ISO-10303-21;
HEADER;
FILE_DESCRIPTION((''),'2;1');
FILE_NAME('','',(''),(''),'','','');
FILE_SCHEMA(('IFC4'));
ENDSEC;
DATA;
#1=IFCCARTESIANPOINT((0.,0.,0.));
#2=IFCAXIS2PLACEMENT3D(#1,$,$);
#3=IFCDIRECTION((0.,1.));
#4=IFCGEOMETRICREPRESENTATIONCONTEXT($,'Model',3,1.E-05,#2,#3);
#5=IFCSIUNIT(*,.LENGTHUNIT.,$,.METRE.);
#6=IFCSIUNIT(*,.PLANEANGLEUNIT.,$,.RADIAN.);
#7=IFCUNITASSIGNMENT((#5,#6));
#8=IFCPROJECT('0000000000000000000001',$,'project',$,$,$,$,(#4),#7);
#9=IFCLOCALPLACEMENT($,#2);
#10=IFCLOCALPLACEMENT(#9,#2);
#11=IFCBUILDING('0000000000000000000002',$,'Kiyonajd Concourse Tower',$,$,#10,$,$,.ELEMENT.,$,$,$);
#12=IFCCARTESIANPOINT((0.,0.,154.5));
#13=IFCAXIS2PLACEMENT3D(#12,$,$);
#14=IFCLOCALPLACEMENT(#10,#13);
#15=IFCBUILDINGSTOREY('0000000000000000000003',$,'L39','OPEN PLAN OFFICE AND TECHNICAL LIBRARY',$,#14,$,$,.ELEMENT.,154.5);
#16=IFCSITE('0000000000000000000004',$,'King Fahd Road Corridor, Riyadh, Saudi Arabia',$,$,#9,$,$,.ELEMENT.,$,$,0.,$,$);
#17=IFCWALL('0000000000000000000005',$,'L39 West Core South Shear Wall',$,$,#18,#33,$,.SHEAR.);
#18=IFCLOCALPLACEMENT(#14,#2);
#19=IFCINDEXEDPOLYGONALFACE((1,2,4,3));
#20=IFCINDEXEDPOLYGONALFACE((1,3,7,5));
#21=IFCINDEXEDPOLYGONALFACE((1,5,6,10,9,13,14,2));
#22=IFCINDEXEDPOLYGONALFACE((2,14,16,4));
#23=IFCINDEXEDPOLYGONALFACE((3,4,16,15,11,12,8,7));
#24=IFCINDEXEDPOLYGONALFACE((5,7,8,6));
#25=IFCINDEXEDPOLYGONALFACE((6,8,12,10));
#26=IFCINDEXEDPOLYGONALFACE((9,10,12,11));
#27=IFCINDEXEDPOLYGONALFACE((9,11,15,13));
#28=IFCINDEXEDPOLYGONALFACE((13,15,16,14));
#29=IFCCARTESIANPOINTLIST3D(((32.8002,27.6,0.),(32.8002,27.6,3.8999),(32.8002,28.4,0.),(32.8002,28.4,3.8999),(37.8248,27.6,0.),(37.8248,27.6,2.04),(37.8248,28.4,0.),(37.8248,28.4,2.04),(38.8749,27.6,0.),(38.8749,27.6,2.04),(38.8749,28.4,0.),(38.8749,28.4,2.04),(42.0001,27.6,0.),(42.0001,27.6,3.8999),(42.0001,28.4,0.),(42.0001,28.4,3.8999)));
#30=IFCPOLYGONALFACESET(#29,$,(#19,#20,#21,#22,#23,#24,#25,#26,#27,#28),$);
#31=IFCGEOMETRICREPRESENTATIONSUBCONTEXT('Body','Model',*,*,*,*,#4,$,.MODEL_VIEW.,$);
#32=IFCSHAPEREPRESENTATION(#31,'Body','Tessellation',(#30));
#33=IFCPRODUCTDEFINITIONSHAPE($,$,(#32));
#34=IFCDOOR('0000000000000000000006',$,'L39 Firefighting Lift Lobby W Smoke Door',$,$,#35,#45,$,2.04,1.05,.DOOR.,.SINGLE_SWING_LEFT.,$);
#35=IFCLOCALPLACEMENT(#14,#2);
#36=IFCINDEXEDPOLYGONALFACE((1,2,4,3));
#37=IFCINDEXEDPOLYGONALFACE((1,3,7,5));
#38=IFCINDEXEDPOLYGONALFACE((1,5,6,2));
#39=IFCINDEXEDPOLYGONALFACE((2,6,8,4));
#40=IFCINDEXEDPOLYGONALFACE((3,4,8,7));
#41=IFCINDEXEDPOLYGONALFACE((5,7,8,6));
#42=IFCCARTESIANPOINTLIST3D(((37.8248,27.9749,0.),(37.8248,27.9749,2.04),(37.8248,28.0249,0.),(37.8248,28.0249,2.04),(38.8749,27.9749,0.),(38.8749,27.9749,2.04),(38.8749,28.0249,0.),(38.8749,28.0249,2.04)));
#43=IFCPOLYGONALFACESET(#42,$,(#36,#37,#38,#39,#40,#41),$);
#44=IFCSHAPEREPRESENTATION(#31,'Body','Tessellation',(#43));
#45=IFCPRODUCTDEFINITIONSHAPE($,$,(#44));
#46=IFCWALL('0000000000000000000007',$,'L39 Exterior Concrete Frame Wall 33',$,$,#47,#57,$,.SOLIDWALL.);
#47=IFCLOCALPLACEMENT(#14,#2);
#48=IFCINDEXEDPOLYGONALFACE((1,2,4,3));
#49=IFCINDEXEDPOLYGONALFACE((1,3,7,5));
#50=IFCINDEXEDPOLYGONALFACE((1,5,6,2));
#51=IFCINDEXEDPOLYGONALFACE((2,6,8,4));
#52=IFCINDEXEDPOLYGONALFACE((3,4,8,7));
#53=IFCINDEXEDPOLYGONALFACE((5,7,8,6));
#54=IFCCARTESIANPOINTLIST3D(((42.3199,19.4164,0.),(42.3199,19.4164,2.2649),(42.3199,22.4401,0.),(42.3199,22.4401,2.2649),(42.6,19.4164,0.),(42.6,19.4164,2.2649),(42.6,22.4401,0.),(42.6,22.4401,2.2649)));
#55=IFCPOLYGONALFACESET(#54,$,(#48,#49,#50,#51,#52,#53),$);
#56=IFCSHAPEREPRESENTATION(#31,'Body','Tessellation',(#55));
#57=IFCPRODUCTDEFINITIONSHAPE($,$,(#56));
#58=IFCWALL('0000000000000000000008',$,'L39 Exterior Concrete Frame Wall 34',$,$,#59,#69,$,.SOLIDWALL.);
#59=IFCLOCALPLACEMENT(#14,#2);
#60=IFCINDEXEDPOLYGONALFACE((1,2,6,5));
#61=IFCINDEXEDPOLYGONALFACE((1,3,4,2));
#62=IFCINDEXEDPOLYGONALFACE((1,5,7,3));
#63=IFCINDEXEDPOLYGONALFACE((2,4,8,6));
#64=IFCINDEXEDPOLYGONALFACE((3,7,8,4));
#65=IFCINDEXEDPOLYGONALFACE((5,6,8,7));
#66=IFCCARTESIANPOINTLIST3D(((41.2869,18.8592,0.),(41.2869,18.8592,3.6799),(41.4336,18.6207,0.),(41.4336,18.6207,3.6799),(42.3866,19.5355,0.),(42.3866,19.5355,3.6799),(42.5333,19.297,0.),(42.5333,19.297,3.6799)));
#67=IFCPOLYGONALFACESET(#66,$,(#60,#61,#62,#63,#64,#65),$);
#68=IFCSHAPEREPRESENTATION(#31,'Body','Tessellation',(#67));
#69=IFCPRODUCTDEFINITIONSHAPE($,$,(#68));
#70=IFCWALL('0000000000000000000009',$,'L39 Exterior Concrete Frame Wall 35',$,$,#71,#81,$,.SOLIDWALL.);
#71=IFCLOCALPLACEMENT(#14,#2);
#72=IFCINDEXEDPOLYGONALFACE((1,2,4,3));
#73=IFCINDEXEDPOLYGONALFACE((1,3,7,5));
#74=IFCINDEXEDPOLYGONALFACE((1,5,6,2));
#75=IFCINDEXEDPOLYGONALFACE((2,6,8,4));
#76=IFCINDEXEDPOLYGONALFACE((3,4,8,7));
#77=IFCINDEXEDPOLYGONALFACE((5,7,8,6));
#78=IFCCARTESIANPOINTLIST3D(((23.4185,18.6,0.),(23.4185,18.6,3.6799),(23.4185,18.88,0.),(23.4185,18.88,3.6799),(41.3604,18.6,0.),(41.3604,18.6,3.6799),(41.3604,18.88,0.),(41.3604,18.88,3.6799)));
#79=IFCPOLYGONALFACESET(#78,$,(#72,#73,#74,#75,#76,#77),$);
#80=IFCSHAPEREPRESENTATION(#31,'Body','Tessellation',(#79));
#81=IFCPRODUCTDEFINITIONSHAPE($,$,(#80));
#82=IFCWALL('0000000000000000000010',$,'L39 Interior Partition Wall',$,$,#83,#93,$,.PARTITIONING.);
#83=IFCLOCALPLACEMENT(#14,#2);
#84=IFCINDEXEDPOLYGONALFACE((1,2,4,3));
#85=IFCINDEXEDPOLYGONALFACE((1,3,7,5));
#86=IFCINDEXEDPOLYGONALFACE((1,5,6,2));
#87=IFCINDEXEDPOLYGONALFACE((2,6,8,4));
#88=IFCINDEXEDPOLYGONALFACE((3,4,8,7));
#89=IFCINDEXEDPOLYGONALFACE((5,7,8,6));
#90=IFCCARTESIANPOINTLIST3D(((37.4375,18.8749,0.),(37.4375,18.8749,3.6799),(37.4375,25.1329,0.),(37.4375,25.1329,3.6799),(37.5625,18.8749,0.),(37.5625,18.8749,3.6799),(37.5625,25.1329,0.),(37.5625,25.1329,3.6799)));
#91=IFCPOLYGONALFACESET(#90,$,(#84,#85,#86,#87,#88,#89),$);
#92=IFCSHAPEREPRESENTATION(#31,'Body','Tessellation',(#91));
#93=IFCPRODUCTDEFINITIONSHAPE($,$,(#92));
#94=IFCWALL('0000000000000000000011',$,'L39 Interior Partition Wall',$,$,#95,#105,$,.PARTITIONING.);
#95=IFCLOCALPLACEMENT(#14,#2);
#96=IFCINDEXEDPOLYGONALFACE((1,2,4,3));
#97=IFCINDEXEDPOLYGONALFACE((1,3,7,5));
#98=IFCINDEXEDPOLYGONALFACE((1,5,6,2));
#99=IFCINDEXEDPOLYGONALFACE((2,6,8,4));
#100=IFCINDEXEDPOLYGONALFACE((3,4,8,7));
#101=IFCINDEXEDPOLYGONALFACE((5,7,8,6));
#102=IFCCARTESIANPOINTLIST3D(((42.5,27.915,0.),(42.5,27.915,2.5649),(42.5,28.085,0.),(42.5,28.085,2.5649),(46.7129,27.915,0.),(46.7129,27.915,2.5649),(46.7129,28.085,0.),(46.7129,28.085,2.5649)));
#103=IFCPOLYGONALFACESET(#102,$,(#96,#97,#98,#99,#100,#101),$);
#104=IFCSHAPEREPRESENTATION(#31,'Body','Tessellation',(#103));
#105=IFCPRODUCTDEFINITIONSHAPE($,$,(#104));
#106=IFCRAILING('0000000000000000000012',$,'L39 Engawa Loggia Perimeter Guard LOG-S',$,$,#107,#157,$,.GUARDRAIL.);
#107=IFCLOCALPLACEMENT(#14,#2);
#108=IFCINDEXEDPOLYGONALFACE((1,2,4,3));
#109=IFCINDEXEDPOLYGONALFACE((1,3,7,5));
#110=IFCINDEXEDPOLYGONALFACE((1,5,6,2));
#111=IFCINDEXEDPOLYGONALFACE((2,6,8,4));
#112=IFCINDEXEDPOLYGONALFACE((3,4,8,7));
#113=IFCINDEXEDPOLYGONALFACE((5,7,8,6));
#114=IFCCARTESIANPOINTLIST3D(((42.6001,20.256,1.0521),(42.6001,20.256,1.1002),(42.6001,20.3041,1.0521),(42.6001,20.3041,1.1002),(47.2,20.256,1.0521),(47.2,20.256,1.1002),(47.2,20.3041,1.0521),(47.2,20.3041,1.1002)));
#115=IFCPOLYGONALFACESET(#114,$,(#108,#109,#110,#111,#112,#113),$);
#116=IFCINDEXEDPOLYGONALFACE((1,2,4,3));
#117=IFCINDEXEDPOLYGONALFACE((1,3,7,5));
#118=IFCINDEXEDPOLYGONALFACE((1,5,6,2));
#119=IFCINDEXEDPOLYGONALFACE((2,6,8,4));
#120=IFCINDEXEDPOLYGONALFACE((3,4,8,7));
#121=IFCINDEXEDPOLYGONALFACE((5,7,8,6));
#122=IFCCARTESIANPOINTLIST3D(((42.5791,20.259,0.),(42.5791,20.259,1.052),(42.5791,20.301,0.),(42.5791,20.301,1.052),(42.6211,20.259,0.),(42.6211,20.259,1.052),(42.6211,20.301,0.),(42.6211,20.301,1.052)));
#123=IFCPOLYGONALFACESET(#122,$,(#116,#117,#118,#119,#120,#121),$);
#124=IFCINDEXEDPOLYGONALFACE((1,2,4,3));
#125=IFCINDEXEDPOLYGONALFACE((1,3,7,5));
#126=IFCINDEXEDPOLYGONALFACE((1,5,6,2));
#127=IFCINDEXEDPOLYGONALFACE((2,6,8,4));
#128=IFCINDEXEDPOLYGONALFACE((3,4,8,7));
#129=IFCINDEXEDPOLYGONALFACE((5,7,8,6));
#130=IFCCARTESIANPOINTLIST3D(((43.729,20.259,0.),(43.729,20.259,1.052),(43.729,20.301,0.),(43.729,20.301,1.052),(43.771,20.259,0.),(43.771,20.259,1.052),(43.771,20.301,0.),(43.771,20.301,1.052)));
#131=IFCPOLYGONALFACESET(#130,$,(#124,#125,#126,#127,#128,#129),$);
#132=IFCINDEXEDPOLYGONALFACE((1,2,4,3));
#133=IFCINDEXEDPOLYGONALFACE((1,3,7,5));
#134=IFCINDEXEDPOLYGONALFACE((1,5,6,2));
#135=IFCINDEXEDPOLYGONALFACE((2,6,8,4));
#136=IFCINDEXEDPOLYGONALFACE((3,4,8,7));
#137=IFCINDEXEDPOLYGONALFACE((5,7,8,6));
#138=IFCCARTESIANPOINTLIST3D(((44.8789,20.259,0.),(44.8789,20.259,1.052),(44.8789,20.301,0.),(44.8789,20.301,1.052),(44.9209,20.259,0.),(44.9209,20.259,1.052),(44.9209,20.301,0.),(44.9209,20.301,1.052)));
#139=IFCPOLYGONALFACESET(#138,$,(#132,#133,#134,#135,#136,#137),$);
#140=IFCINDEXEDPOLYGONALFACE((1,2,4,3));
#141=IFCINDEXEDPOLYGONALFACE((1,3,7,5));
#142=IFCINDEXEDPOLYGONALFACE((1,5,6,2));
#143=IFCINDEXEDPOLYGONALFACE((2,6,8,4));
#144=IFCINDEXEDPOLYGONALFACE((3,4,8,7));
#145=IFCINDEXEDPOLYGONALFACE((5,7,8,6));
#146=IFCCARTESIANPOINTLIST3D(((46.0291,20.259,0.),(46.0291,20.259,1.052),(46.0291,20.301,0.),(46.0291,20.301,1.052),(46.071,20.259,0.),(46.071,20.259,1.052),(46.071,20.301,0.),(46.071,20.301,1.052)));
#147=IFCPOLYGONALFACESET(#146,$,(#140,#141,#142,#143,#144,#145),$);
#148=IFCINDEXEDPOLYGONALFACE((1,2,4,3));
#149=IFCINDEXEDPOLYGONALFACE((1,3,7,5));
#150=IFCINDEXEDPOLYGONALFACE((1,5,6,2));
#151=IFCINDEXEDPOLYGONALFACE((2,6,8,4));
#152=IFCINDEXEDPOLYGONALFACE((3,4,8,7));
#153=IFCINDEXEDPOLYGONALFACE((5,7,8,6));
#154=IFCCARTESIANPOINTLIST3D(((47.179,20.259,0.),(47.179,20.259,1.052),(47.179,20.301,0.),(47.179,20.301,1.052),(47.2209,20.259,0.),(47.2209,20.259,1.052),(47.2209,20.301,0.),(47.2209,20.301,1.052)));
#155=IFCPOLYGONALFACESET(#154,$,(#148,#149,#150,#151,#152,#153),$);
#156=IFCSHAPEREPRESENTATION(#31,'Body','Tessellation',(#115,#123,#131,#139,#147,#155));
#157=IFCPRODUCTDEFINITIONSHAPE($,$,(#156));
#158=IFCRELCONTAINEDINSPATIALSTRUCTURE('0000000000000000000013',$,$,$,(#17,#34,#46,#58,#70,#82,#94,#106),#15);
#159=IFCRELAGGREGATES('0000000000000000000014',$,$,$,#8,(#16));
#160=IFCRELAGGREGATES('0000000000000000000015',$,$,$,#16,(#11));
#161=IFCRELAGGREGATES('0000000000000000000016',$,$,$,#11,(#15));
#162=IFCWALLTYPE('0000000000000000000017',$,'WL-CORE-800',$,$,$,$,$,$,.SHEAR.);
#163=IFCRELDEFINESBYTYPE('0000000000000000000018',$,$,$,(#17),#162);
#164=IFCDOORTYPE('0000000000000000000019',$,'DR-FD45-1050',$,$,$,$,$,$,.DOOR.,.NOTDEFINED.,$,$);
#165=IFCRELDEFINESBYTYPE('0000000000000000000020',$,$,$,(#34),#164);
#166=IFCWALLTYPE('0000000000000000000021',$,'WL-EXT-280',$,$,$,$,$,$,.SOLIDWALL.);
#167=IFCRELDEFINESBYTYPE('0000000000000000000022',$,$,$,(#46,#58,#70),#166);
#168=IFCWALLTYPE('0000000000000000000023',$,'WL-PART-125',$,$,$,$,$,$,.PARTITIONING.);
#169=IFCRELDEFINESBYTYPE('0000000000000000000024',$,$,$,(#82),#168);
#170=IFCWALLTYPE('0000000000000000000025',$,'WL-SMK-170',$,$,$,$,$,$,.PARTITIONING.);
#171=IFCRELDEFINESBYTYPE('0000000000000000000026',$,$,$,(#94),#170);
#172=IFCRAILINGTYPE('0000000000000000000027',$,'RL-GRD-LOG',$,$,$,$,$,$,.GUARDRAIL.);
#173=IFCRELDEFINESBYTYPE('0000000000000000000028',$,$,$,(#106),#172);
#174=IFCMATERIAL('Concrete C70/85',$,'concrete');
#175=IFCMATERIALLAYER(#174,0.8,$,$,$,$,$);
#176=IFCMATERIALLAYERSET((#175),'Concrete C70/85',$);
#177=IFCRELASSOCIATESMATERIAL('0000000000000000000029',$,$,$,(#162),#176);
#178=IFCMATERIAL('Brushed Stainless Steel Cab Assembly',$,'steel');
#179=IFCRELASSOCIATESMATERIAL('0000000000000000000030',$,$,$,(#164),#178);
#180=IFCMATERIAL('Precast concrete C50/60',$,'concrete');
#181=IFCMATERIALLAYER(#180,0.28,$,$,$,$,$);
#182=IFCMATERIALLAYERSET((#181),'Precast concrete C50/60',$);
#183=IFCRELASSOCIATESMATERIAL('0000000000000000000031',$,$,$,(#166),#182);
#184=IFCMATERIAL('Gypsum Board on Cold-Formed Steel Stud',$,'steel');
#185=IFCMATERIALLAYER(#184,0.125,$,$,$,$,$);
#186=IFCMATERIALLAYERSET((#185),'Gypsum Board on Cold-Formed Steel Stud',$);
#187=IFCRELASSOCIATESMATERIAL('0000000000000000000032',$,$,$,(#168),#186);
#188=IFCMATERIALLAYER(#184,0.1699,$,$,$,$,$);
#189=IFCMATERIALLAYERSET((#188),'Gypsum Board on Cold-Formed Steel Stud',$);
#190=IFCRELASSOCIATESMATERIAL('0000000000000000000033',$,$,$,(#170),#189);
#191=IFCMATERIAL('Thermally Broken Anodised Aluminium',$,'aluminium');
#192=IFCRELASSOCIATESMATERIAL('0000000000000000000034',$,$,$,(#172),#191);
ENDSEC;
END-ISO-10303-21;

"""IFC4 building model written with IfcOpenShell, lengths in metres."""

from ifc_helpers import new_model, si_unit, direction, frame, frame_2d, origin, origin_2d, place, context, subcontext, project, spatial, rectangle, extrude, material, layer, layer_set, type_object, element, fill, save


model = new_model("IFC4")

# Units and contexts
model_context = context("Model", 3, precision=1e-05, world=origin(), true_north=direction((0.0, 1.0)))
body_context = subcontext(model_context, "Body", "Model", "MODEL_VIEW")
ifc_project = project(units=[si_unit("LENGTHUNIT", "METRE"), si_unit("PLANEANGLEUNIT", "RADIAN")], contexts=[model_context])

# Site, building, storey
site_placement = place(None, origin())
site = spatial("IfcSite", under=ifc_project, at=site_placement, Name="King Fahd Road Corridor, Riyadh, Saudi Arabia", CompositionType="ELEMENT", RefElevation=0.0)
building_placement = place(site_placement, origin())
building = spatial("IfcBuilding", under=site, at=building_placement, Name="Kiyonajd Concourse Tower", CompositionType="ELEMENT")
storey_placement = place(building_placement, frame((0.0, 0.0, 154.5)))
storey = spatial("IfcBuildingStorey", under=building, at=storey_placement, Name="L39", Description="OPEN PLAN OFFICE AND TECHNICAL LIBRARY", CompositionType="ELEMENT", Elevation=154.5)

# Shared definitions
ifc_material_1 = material(Name="Concrete C70/85", Category="concrete")

# Shared definitions
ifc_material_2 = material(Name="Thermally Broken Anodised Aluminium", Category="aluminium")

# Shared definitions
ifc_layer_1 = layer(ifc_material_1, 0.8)
ifc_layer_set_1 = layer_set([ifc_layer_1], Name="Concrete C70/85")
wall_type_1 = type_object("IfcWallType", Name="WL-CORE-800", PredefinedType="SHEAR", material=ifc_layer_set_1)

# Wall, opening, door
wall_1_placement = place(storey_placement, frame((32.8, 28.0, 0.0), z_axis=(0.0, 0.0, 1.0), x_axis=(1.0, 0.0, 0.0)))
wall_1 = element("IfcWall", 1, at=wall_1_placement, inside=storey, type_object=wall_type_1, Name="L39 West Core South Shear Wall", PredefinedType="SHEAR", context=body_context, shape_type="SweptSolid", body=[
    extrude(rectangle(XDim=9.2, YDim=0.8, at=frame_2d((4.6001, 0.0))), origin(), (0.0, 0.0, 1.0), 3.8999),
])
opening_placement = place(wall_1_placement, frame((5.0249, 0.0, 0.0)))
opening = element("IfcOpeningElement", 2, at=opening_placement, cuts=wall_1, PredefinedType="OPENING", context=body_context, shape_type="SweptSolid", body=[
    extrude(rectangle(XDim=1.05, YDim=2.04, at=frame_2d((0.5249, 1.02))), frame((0.0, 0.4099, 0.0), z_axis=(0.0, -1.0, 0.0), x_axis=(1.0, 0.0, 0.0)), (0.0, 0.0, 1.0), 0.8201),
])
ifc_material_3 = material(Name="Brushed Stainless Steel Cab Assembly", Category="steel")
door_type = type_object("IfcDoorType", Name="DR-FD45-1050", OperationType="NOTDEFINED", PredefinedType="DOOR", material=ifc_material_3)
door_placement = place(opening_placement, origin())
door = element("IfcDoor", 3, at=door_placement, inside=storey, type_object=door_type, Name="L39 Firefighting Lift Lobby W Smoke Door", OperationType="SINGLE_SWING_LEFT", OverallHeight=2.04, OverallWidth=1.05, PredefinedType="DOOR", context=body_context, shape_type="SweptSolid", body=[
    extrude(rectangle(XDim=1.05, YDim=2.04, at=frame_2d((0.5249, 1.02))), frame((0.0, 0.0249, 0.0), z_axis=(0.0, -1.0, 0.0), x_axis=(1.0, 0.0, 0.0)), (0.0, 0.0, 1.0), 0.05),
])
fill(opening, door)

# Walls
ifc_material_4 = material(Name="Precast concrete C50/60", Category="concrete")
ifc_layer_2 = layer(ifc_material_4, 0.28)
ifc_layer_set_2 = layer_set([ifc_layer_2], Name="Precast concrete C50/60")
wall_type_2 = type_object("IfcWallType", Name="WL-EXT-280", PredefinedType="SOLIDWALL", material=ifc_layer_set_2)
wall_2_placement = place(storey_placement, frame((42.46, 22.4399, 0.0), z_axis=(0.0, 0.0, 1.0), x_axis=(0.0, -1.0, 0.0)))
element("IfcWall", 4, at=wall_2_placement, inside=storey, type_object=wall_type_2, Name="L39 Exterior Concrete Frame Wall 33", PredefinedType="SOLIDWALL", context=body_context, shape_type="SweptSolid", body=[
    extrude(rectangle(XDim=3.0237, YDim=0.28, at=frame_2d((1.5117, 0.0))), origin(), (0.0, 0.0, 1.0), 2.2649),
])
wall_3_placement = place(storey_placement, frame((42.46, 19.4163, 0.0), z_axis=(0.0, 0.0, 1.0), x_axis=(-0.851801, -0.523865, 0.0)))
element("IfcWall", 5, at=wall_3_placement, inside=storey, type_object=wall_type_2, Name="L39 Exterior Concrete Frame Wall 34", PredefinedType="SOLIDWALL", context=body_context, shape_type="SweptSolid", body=[
    extrude(rectangle(XDim=1.291, YDim=0.28, at=frame_2d((0.6455, 0.0))), origin(), (0.0, 0.0, 1.0), 3.6799),
])
wall_4_placement = place(storey_placement, frame((41.3604, 18.74, 0.0), z_axis=(0.0, 0.0, 1.0), x_axis=(-1.0, 0.0, 0.0)))
element("IfcWall", 6, at=wall_4_placement, inside=storey, type_object=wall_type_2, Name="L39 Exterior Concrete Frame Wall 35", PredefinedType="SOLIDWALL", context=body_context, shape_type="SweptSolid", body=[
    extrude(rectangle(XDim=17.9419, YDim=0.28, at=frame_2d((8.9709, 0.0))), origin(), (0.0, 0.0, 1.0), 3.6799),
])
ifc_material_5 = material(Name="Gypsum Board on Cold-Formed Steel Stud", Category="steel")
ifc_layer_3 = layer(ifc_material_5, 0.125)
ifc_layer_set_3 = layer_set([ifc_layer_3], Name="Gypsum Board on Cold-Formed Steel Stud")
wall_type_3 = type_object("IfcWallType", Name="WL-PART-125", PredefinedType="PARTITIONING", material=ifc_layer_set_3)
wall_5_placement = place(storey_placement, frame((37.5, 18.875, 0.0), z_axis=(0.0, 0.0, 1.0), x_axis=(0.0, 1.0, 0.0)))
element("IfcWall", 7, at=wall_5_placement, inside=storey, type_object=wall_type_3, Name="L39 Interior Partition Wall", PredefinedType="PARTITIONING", context=body_context, shape_type="SweptSolid", body=[
    extrude(rectangle(XDim=6.2581, YDim=0.125, at=frame_2d((3.1289, 0.0))), origin(), (0.0, 0.0, 1.0), 3.6799),
])
ifc_layer_4 = layer(ifc_material_5, 0.1699)
ifc_layer_set_4 = layer_set([ifc_layer_4], Name="Gypsum Board on Cold-Formed Steel Stud")
wall_type_4 = type_object("IfcWallType", Name="WL-SMK-170", PredefinedType="PARTITIONING", material=ifc_layer_set_4)
wall_6_placement = place(storey_placement, frame((42.5, 28.0, 0.0), z_axis=(0.0, 0.0, 1.0), x_axis=(1.0, 0.0, 0.0)))
element("IfcWall", 8, at=wall_6_placement, inside=storey, type_object=wall_type_4, Name="L39 Interior Partition Wall", PredefinedType="PARTITIONING", context=body_context, shape_type="SweptSolid", body=[
    extrude(rectangle(XDim=4.2129, YDim=0.1699, at=frame_2d((2.1064, 0.0))), origin(), (0.0, 0.0, 1.0), 2.5649),
])

# Railing
railing_type = type_object("IfcRailingType", Name="RL-GRD-LOG", PredefinedType="GUARDRAIL", material=ifc_material_2)
railing_placement = place(storey_placement, frame((42.6001, 20.28, 0.0)))
element("IfcRailing", 9, at=railing_placement, inside=storey, type_object=railing_type, Name="L39 Engawa Loggia Perimeter Guard LOG-S", PredefinedType="GUARDRAIL", context=body_context, shape_type="SweptSolid", body=[
    extrude(rectangle(XDim=0.0481, YDim=0.0481, at=origin_2d()), frame((0.0, 0.0, 1.0762), z_axis=(1.0, 0.0, 0.0), x_axis=(0.0, 1.0, 0.0)), (0.0, 0.0, 1.0), 4.5999),
    extrude(rectangle(XDim=0.042, YDim=0.042, at=origin_2d()), origin(), (0.0, 0.0, 1.0), 1.052),
    extrude(rectangle(XDim=0.042, YDim=0.042, at=origin_2d()), frame((1.1499, 0.0, 0.0)), (0.0, 0.0, 1.0), 1.052),
    extrude(rectangle(XDim=0.042, YDim=0.042, at=origin_2d()), frame((2.2998, 0.0, 0.0)), (0.0, 0.0, 1.0), 1.052),
    extrude(rectangle(XDim=0.042, YDim=0.042, at=origin_2d()), frame((3.45, 0.0, 0.0)), (0.0, 0.0, 1.0), 1.052),
    extrude(rectangle(XDim=0.042, YDim=0.042, at=origin_2d()), frame((4.5999, 0.0, 0.0)), (0.0, 0.0, 1.0), 1.052),
])

save(model, "model.ifc")
